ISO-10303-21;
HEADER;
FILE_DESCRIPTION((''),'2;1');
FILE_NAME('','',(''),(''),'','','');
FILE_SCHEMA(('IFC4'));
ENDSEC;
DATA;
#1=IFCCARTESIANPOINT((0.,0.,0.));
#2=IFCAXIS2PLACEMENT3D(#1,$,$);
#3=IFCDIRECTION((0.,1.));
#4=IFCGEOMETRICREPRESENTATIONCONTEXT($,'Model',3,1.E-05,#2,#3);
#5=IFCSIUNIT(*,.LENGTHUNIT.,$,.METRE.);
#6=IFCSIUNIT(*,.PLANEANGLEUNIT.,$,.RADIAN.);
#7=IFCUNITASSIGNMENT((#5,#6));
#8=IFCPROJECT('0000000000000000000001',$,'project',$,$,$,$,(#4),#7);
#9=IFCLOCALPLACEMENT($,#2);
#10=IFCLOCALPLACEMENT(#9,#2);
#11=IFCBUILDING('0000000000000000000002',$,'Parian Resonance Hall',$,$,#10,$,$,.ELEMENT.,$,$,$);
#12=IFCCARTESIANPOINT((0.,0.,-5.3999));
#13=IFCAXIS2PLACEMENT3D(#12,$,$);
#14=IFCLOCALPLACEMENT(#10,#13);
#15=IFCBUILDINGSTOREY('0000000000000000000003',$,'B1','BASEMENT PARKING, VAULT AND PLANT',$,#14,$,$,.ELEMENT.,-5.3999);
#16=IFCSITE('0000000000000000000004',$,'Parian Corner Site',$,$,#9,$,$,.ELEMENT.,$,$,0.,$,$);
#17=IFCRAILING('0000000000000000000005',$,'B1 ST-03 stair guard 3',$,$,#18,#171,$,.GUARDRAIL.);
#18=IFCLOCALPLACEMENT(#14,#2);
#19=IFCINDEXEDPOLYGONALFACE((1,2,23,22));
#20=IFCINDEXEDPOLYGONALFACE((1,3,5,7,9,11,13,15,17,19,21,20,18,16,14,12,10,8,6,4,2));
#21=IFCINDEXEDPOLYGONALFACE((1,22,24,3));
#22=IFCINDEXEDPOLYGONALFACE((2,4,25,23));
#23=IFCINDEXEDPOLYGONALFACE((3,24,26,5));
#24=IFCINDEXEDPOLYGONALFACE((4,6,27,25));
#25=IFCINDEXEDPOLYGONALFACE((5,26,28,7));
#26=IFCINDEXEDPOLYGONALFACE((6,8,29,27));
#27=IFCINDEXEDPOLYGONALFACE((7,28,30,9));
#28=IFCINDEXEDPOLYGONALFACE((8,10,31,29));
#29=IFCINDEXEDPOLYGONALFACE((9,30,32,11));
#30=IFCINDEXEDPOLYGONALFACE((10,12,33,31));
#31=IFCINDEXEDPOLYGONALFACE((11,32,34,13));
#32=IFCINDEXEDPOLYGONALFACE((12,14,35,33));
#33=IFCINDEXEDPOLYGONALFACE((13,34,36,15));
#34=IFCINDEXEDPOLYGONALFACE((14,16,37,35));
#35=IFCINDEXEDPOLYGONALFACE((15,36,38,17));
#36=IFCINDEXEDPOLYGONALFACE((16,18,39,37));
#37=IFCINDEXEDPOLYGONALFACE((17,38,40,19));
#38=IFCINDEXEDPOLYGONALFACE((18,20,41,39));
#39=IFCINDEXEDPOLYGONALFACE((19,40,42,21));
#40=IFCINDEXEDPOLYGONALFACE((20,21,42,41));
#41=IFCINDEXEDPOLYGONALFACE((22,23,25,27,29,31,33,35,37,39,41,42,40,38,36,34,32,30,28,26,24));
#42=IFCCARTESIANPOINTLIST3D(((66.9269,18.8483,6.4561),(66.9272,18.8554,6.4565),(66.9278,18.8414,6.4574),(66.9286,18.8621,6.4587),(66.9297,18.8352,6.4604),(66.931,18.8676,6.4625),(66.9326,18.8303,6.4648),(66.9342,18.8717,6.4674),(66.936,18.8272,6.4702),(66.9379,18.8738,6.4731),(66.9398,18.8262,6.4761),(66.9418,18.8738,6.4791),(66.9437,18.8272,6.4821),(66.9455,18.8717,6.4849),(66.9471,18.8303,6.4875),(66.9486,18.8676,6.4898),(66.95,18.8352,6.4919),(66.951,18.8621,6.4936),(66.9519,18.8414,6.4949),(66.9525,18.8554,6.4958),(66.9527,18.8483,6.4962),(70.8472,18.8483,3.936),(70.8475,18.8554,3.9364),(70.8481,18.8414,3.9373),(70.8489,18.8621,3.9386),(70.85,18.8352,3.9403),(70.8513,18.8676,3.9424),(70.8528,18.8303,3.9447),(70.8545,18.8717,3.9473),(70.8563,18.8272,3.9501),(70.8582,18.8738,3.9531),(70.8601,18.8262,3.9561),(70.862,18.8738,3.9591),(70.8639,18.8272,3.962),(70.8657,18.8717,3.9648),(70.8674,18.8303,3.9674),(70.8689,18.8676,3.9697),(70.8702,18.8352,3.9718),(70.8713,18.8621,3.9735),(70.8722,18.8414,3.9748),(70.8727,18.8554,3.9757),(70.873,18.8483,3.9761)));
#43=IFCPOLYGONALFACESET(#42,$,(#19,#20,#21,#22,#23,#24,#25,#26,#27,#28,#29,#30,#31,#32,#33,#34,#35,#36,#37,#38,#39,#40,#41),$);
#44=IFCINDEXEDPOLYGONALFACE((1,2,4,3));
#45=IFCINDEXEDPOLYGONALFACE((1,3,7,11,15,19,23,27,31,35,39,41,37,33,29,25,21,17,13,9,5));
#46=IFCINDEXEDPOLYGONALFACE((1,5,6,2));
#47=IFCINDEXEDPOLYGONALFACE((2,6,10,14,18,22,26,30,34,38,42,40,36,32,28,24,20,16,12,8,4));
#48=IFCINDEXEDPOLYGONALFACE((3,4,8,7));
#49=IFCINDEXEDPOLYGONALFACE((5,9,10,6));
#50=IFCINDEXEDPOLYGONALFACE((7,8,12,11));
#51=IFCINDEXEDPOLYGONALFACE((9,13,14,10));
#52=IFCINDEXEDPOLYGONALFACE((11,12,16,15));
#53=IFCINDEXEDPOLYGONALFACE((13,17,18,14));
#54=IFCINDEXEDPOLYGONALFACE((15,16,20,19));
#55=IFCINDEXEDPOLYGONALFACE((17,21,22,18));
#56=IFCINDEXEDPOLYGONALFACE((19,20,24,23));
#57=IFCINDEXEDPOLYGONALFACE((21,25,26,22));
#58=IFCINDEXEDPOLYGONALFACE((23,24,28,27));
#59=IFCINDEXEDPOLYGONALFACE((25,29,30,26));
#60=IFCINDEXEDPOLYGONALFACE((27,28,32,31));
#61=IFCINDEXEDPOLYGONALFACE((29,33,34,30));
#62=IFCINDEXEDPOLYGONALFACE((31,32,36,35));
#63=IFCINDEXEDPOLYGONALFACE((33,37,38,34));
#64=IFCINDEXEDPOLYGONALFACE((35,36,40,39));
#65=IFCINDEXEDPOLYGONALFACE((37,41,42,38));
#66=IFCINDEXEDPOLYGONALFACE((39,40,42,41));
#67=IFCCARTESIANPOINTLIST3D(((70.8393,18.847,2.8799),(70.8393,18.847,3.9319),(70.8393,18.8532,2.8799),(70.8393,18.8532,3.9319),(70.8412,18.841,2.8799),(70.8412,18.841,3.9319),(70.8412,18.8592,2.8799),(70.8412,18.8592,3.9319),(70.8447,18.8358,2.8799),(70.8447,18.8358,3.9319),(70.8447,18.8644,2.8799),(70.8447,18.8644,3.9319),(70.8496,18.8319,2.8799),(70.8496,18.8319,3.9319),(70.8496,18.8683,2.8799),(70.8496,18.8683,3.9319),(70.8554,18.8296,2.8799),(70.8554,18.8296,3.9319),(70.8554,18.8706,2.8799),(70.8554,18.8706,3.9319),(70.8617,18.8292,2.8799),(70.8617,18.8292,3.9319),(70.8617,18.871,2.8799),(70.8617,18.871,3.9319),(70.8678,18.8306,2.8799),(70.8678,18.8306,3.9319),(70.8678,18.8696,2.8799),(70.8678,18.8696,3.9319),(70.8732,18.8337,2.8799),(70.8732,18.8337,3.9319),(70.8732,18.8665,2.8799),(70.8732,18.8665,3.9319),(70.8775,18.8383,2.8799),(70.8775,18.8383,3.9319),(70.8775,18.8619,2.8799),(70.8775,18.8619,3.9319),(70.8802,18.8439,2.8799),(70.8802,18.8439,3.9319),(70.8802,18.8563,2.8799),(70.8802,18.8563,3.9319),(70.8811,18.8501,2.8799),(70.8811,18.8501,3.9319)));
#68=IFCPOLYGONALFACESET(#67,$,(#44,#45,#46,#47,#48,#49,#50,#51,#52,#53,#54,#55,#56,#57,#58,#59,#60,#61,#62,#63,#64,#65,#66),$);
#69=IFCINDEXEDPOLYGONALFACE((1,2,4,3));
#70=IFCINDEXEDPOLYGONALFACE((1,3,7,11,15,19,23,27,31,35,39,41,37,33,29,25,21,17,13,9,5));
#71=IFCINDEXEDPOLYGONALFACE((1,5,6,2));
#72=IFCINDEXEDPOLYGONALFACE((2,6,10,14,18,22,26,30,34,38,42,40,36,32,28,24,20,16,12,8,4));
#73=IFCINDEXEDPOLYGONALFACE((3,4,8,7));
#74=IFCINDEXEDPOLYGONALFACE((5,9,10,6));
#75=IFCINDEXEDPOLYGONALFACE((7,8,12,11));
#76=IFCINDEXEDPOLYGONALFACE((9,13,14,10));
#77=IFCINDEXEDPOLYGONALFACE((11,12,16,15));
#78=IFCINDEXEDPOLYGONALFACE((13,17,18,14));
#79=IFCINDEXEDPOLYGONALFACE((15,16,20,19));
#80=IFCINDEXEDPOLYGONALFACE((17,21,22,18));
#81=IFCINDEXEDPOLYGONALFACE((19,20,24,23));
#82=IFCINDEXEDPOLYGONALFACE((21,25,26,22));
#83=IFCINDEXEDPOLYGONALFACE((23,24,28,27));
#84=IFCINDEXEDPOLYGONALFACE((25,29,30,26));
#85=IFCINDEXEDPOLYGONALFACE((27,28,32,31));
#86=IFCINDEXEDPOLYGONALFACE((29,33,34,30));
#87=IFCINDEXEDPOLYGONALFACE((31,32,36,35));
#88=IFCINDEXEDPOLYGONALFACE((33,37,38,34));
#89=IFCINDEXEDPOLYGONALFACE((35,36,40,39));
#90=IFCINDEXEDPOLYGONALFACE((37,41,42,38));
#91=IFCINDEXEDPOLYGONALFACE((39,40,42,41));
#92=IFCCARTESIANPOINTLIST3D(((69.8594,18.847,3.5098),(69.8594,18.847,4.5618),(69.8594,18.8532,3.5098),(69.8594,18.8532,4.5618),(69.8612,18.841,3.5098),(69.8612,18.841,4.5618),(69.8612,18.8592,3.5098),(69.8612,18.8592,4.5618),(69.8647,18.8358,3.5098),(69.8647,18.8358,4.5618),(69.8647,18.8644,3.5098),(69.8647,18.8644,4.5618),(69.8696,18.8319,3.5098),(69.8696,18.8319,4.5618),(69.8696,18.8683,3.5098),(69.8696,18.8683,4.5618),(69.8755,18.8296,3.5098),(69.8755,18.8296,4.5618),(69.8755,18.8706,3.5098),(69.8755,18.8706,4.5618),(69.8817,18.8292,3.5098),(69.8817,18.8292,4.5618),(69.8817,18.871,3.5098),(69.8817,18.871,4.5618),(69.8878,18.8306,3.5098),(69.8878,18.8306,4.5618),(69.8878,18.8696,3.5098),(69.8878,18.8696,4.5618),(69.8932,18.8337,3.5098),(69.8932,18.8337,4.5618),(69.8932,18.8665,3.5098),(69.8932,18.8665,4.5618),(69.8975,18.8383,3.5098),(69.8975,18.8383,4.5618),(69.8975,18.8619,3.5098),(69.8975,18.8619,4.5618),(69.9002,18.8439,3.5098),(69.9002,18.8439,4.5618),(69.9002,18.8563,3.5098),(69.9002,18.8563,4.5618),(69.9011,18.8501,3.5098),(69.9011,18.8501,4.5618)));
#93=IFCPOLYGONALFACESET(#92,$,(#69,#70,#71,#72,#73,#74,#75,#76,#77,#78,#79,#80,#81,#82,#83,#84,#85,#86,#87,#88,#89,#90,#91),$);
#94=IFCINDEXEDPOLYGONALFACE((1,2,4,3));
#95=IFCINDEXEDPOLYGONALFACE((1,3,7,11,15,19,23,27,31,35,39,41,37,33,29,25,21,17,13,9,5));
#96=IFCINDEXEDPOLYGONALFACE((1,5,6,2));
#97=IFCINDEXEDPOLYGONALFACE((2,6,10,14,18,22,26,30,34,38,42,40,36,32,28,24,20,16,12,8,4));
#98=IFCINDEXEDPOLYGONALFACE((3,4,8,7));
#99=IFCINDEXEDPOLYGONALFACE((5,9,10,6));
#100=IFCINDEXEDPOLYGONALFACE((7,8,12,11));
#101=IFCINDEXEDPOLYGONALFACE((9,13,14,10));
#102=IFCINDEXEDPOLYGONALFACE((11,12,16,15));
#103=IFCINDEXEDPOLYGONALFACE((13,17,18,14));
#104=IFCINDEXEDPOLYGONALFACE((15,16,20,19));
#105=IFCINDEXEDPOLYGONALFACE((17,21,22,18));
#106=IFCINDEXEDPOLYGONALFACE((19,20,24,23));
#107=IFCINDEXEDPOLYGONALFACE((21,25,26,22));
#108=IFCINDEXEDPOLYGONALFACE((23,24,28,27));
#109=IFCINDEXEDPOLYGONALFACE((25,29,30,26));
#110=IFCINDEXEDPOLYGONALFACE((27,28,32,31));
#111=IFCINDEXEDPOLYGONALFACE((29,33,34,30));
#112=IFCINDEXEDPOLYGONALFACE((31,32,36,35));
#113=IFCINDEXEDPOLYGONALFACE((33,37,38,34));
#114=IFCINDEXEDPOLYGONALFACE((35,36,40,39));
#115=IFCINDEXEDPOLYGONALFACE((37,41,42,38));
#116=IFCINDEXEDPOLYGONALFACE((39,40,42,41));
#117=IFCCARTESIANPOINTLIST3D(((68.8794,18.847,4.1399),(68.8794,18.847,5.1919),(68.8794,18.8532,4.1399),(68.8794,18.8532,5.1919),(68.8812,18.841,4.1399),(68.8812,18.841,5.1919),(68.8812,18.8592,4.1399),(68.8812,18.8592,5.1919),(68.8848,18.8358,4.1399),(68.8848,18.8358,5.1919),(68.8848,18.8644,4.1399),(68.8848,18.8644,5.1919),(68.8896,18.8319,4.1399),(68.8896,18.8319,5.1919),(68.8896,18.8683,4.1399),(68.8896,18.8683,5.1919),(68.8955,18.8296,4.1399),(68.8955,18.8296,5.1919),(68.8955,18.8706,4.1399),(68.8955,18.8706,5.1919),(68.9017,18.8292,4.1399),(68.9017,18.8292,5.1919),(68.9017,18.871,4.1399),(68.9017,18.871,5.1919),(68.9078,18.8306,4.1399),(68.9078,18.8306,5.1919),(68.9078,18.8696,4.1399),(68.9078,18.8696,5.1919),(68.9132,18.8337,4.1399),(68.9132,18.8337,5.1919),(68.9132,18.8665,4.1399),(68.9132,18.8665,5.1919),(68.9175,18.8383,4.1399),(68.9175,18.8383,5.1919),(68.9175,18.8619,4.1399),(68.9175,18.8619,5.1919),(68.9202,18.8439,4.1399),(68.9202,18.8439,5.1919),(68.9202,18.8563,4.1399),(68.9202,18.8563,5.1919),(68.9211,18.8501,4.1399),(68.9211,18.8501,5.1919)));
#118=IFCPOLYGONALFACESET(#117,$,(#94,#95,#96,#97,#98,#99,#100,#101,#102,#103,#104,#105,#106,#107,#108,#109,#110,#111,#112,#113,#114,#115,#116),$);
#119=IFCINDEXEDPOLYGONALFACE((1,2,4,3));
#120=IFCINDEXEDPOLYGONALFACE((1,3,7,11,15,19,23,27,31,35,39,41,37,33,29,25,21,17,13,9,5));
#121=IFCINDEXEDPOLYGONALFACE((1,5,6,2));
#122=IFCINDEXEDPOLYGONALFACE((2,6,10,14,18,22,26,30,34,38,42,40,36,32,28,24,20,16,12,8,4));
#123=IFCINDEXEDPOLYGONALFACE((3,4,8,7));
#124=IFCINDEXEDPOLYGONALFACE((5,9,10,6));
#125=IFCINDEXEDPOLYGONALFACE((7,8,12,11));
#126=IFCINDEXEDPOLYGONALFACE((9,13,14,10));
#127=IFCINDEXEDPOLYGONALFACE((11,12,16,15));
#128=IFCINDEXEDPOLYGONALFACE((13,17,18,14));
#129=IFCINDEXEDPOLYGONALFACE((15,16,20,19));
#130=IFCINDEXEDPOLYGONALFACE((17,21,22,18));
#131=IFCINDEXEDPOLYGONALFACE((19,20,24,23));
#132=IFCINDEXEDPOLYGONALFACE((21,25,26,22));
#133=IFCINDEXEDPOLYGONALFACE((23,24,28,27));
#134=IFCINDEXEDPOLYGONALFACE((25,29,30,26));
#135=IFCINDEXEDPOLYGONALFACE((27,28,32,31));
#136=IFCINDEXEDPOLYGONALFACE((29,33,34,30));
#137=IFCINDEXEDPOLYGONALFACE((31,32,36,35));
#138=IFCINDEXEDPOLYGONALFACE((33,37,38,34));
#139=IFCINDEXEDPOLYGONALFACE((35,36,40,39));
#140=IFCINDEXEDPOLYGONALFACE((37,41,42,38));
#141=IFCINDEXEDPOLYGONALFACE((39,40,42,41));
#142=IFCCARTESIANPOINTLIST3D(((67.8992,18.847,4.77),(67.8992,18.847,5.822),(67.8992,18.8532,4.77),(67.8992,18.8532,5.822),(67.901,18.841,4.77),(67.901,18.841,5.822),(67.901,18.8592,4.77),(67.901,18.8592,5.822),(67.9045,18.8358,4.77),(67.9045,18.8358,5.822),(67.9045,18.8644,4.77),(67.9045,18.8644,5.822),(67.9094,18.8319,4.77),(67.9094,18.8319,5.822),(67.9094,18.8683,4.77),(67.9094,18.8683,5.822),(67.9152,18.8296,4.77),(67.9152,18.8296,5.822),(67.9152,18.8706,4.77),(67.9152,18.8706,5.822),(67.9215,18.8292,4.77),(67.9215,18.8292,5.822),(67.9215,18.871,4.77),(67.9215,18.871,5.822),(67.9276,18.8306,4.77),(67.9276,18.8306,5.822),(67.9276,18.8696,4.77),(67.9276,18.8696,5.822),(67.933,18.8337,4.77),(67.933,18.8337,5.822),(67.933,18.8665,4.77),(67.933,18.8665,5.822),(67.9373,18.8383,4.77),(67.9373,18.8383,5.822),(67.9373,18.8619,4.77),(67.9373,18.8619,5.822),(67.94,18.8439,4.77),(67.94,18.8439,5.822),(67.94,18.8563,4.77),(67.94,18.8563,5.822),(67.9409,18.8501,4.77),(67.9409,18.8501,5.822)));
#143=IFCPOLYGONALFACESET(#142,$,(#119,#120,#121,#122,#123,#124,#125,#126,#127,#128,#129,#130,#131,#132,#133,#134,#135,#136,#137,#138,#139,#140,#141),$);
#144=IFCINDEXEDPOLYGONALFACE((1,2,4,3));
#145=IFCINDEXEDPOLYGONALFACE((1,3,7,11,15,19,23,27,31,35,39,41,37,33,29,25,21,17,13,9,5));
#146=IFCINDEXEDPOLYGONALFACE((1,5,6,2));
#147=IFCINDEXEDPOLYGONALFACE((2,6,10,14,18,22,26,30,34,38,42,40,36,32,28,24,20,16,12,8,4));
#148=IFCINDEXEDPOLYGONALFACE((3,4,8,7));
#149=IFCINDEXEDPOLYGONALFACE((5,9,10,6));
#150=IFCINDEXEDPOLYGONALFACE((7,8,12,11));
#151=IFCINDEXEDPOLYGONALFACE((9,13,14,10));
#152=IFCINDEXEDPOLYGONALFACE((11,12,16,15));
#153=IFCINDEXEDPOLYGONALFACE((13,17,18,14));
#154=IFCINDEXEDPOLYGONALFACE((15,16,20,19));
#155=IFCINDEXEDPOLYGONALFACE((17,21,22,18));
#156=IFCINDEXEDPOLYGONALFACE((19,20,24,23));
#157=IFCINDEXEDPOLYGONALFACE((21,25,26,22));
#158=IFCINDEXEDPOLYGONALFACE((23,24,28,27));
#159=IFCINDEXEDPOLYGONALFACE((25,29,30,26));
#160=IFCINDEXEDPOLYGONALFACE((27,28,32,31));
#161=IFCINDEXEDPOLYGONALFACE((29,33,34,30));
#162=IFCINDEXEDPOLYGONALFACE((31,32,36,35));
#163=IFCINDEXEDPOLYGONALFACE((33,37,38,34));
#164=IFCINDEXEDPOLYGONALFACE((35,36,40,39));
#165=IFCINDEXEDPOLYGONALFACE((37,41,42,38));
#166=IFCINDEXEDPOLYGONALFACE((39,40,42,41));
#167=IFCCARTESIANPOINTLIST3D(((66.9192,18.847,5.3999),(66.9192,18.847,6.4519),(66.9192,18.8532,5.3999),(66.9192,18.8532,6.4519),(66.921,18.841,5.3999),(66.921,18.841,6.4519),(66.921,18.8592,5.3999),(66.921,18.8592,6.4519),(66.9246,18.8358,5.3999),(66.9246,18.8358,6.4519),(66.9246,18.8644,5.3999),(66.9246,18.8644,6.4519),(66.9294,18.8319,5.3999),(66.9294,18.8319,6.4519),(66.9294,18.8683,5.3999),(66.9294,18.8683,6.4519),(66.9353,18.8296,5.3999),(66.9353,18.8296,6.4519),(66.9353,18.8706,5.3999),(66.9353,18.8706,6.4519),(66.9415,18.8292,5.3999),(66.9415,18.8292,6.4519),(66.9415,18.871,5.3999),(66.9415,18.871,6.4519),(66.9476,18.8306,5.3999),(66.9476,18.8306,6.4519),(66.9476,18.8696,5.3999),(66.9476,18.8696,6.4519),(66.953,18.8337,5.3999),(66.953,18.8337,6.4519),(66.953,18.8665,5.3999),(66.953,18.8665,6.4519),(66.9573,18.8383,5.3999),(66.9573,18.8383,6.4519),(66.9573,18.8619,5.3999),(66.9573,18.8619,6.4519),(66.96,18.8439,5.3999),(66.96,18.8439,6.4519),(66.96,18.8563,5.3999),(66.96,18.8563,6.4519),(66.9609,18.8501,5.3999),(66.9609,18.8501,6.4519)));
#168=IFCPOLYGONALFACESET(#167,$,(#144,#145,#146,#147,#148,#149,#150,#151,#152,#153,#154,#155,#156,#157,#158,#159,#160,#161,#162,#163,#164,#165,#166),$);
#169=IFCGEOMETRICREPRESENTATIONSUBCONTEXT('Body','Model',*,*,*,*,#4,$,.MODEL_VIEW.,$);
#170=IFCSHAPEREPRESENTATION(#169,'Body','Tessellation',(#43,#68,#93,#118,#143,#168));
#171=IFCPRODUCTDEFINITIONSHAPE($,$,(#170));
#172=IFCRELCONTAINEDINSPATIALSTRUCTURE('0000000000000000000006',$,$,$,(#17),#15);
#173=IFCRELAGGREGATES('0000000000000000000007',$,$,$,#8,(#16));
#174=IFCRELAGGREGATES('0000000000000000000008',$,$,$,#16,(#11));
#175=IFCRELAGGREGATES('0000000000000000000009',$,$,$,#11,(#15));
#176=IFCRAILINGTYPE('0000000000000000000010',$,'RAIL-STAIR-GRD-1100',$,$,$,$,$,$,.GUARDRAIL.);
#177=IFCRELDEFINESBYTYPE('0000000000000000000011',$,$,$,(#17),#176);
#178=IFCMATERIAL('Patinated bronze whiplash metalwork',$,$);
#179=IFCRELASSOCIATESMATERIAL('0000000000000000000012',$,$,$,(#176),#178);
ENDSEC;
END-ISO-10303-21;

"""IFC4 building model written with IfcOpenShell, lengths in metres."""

from ifc_helpers import new_model, si_unit, direction, frame, origin, origin_2d, place, context, subcontext, project, spatial, circle, extrude, material, type_object, element, save


model = new_model("IFC4")

# Units and contexts
model_context = context("Model", 3, precision=1e-05, world=origin(), true_north=direction((0.0, 1.0)))
body_context = subcontext(model_context, "Body", "Model", "MODEL_VIEW")
ifc_project = project(units=[si_unit("LENGTHUNIT", "METRE"), si_unit("PLANEANGLEUNIT", "RADIAN")], contexts=[model_context])

# Site, building, storey
site_placement = place(None, origin())
site = spatial("IfcSite", under=ifc_project, at=site_placement, Name="Parian Corner Site", CompositionType="ELEMENT", RefElevation=0.0)
building_placement = place(site_placement, origin())
building = spatial("IfcBuilding", under=site, at=building_placement, Name="Parian Resonance Hall", CompositionType="ELEMENT")
storey_placement = place(building_placement, frame((0.0, 0.0, -5.3999)))
storey = spatial("IfcBuildingStorey", under=building, at=storey_placement, Name="B1", Description="BASEMENT PARKING, VAULT AND PLANT", CompositionType="ELEMENT", Elevation=-5.3999)

# Railing
ifc_material_1 = material(Name="Patinated bronze whiplash metalwork")
railing_type_1 = type_object("IfcRailingType", Name="RAIL-STAIR-GRD-1100", PredefinedType="GUARDRAIL", material=ifc_material_1)
railing_1_placement = place(storey_placement, frame((70.8601, 18.8501, 2.8799)))
element("IfcRailing", 1, at=railing_1_placement, inside=storey, type_object=railing_type_1, Name="B1 ST-03 stair guard 3", PredefinedType="GUARDRAIL", context=body_context, shape_type="SweptSolid", body=[
    extrude(circle(Radius=0.0239, at=origin_2d()), frame((0.0, 0.0, 1.0762), z_axis=(-0.841187, 0.0, 0.540744), x_axis=(0.0, -1.0, 0.0)), (0.0, 0.0, 1.0), 4.6604),
    extrude(circle(Radius=0.021, at=origin_2d()), origin(), (0.0, 0.0, 1.0), 1.052),
    extrude(circle(Radius=0.021, at=origin_2d()), frame((-0.98, 0.0, 0.6299)), (0.0, 0.0, 1.0), 1.052),
    extrude(circle(Radius=0.021, at=origin_2d()), frame((-1.96, 0.0, 1.26)), (0.0, 0.0, 1.0), 1.052),
    extrude(circle(Radius=0.021, at=origin_2d()), frame((-2.9402, 0.0, 1.8901)), (0.0, 0.0, 1.0), 1.052),
    extrude(circle(Radius=0.021, at=origin_2d()), frame((-3.9202, 0.0, 2.52)), (0.0, 0.0, 1.0), 1.052),
])

save(model, "model.ifc")
